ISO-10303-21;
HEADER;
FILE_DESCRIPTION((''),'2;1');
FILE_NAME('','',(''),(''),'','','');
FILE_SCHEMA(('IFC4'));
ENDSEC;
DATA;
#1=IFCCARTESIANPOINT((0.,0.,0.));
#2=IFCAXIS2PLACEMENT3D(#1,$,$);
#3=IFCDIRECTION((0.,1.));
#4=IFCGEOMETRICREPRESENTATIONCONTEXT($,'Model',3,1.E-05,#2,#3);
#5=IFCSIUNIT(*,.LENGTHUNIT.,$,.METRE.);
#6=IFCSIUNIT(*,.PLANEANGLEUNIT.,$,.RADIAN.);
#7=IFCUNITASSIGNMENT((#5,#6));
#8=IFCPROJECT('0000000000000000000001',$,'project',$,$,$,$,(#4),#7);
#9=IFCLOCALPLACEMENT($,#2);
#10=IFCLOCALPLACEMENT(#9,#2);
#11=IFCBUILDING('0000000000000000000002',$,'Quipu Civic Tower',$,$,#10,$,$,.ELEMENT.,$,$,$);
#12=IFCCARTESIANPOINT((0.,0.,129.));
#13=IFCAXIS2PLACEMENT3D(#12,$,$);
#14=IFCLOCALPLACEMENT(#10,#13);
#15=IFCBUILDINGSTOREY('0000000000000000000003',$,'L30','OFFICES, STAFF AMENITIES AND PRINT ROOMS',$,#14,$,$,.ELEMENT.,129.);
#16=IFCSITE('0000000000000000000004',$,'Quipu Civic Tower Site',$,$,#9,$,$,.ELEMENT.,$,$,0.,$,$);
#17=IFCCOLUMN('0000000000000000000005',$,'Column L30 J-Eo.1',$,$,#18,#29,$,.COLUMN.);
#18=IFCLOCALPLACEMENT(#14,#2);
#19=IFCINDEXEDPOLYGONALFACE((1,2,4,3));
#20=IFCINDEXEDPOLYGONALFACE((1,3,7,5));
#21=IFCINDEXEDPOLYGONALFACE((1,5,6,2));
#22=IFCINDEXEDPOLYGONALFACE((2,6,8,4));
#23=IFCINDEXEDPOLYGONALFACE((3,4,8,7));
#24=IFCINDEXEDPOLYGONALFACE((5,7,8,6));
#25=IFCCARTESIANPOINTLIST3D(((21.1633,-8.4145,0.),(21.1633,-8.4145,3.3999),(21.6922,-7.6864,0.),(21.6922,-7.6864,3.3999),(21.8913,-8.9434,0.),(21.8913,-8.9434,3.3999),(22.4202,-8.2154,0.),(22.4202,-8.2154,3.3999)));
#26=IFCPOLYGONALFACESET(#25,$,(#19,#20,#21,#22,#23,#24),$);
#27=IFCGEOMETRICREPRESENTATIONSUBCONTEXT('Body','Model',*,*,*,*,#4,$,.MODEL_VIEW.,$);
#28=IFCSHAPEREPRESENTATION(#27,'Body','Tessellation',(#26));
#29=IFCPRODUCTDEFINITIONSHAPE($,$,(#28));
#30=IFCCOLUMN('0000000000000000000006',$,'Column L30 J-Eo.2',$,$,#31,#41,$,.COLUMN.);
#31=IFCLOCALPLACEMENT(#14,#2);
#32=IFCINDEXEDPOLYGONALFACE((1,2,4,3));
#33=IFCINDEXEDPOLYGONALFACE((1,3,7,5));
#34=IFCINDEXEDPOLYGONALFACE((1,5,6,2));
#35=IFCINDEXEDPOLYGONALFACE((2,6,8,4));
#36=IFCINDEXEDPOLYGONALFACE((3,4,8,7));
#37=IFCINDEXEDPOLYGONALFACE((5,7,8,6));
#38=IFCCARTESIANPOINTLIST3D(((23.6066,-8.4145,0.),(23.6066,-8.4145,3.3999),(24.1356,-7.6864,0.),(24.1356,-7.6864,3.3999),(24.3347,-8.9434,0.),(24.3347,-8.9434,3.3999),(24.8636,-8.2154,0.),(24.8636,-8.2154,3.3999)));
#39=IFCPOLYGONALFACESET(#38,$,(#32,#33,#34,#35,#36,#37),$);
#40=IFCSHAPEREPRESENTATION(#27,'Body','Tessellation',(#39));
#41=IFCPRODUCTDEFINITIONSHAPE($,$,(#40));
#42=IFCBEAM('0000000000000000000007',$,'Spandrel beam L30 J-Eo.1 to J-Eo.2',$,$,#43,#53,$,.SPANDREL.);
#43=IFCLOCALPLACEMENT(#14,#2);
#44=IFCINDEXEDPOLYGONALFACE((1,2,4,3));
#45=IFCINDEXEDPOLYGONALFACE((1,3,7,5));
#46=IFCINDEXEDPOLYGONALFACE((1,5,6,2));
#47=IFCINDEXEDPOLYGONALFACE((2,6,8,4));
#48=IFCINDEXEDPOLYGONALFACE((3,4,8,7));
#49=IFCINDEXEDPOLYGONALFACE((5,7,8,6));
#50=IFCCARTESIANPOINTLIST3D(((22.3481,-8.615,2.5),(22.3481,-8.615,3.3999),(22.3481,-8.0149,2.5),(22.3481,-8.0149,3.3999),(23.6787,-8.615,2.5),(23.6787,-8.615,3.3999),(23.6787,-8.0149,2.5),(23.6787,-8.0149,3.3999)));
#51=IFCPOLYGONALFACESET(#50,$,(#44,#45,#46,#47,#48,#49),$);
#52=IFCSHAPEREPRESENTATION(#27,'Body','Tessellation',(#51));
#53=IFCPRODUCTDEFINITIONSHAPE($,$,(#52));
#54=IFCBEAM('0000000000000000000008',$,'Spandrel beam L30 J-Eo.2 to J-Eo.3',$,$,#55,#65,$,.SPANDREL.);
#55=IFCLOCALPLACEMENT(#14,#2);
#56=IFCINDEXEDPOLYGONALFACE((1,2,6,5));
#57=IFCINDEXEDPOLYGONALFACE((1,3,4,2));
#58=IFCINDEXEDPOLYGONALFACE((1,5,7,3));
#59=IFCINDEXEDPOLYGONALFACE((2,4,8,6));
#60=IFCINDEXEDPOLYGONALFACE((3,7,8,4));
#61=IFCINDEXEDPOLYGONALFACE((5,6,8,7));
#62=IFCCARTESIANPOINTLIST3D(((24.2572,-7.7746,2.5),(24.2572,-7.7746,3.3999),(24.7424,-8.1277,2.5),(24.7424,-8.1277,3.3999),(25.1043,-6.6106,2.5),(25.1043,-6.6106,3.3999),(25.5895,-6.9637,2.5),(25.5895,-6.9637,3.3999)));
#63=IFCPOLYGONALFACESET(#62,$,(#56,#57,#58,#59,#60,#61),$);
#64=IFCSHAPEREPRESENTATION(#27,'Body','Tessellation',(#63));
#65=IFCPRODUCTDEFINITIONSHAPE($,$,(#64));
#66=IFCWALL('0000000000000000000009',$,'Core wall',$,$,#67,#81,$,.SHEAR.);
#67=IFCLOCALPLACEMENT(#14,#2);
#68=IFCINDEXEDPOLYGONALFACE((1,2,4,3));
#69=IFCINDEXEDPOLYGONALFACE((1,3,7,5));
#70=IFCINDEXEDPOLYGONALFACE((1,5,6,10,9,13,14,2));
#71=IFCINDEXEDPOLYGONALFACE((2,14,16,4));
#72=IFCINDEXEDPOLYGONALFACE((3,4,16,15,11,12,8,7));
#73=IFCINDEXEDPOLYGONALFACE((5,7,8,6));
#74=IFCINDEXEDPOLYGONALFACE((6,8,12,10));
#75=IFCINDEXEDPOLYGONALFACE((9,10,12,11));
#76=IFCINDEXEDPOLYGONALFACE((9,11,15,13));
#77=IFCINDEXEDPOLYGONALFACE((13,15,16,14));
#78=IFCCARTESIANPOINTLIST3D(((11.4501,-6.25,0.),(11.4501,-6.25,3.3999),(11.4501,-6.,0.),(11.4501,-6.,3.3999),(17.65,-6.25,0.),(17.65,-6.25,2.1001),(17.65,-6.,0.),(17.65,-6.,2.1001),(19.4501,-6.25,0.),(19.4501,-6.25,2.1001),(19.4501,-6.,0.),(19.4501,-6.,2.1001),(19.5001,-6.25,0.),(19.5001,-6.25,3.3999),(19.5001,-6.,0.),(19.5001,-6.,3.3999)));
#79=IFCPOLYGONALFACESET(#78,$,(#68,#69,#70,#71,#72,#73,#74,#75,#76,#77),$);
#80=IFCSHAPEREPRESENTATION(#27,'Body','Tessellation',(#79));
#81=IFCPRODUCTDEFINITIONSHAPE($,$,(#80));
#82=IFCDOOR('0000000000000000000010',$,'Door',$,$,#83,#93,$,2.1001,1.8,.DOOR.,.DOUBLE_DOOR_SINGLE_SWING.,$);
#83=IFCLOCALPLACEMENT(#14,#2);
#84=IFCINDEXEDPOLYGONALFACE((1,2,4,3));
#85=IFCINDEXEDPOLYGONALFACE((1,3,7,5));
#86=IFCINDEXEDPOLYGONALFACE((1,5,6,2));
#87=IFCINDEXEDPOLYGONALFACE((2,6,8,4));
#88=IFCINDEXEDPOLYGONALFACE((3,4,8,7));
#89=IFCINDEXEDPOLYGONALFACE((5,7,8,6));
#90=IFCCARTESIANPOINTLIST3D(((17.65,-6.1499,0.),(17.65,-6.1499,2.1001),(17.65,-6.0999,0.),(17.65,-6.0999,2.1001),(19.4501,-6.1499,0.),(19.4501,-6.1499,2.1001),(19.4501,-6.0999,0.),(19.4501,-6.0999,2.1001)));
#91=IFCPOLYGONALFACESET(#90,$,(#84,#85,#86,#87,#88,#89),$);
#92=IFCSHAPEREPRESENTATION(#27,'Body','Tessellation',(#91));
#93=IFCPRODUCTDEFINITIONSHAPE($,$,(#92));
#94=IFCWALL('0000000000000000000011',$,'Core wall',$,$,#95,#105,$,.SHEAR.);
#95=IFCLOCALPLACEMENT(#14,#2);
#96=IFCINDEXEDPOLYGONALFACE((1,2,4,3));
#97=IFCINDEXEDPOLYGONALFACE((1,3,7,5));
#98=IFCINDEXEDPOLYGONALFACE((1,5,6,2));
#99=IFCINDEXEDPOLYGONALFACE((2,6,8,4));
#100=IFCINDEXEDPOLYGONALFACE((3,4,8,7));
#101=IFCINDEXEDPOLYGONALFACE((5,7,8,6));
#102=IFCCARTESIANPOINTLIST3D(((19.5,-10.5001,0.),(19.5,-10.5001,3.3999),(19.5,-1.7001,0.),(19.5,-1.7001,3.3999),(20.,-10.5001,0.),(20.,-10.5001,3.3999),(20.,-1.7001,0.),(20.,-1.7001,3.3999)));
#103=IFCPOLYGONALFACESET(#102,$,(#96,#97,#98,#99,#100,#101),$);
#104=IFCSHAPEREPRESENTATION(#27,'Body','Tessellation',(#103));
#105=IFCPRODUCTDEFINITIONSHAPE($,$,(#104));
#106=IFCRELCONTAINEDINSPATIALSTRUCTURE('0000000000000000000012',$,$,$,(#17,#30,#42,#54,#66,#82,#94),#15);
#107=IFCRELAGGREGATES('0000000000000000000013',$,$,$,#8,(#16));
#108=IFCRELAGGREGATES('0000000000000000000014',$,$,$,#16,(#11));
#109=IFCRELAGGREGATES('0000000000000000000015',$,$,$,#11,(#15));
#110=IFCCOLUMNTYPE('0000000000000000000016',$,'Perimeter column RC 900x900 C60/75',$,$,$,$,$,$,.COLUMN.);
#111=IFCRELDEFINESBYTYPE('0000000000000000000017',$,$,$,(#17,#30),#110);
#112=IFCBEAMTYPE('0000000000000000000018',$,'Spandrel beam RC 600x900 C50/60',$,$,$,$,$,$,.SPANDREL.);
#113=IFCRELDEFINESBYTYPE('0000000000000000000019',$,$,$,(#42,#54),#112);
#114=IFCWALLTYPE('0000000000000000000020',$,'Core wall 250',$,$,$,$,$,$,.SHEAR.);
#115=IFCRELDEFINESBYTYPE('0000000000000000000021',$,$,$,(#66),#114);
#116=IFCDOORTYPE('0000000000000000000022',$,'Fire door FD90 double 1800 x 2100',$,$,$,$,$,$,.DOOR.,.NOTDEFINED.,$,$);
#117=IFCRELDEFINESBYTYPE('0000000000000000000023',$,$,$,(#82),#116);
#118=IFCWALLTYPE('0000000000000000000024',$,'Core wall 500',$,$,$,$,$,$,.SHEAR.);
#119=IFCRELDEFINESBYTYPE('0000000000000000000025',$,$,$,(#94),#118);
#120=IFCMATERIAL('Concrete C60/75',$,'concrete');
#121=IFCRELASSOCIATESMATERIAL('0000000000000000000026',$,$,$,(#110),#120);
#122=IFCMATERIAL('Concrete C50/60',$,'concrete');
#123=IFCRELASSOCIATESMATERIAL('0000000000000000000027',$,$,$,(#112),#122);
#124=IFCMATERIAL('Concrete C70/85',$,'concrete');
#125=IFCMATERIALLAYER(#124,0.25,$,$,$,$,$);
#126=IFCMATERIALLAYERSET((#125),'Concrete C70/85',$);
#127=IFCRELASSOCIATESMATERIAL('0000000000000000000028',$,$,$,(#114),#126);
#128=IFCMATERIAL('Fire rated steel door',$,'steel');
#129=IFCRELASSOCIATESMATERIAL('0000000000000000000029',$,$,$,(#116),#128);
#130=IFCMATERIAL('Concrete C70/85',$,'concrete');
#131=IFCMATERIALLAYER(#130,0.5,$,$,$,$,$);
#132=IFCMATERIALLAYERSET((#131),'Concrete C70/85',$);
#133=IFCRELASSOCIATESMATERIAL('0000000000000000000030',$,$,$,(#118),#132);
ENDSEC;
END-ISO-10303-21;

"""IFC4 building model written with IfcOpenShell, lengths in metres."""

from ifc_helpers import new_model, si_unit, direction, frame, frame_2d, origin, origin_2d, place, context, subcontext, project, spatial, rectangle, extrude, material, layer, layer_set, material_profile, profile_set, type_object, element, fill, save


model = new_model("IFC4")

# Units and contexts
model_context = context("Model", 3, precision=1e-05, world=origin(), true_north=direction((0.0, 1.0)))
body_context = subcontext(model_context, "Body", "Model", "MODEL_VIEW")
ifc_project = project(units=[si_unit("LENGTHUNIT", "METRE"), si_unit("PLANEANGLEUNIT", "RADIAN")], contexts=[model_context])

# Site, building, storey
site_placement = place(None, origin())
site = spatial("IfcSite", under=ifc_project, at=site_placement, Name="Quipu Civic Tower Site", CompositionType="ELEMENT", RefElevation=0.0)
building_placement = place(site_placement, origin())
building = spatial("IfcBuilding", under=site, at=building_placement, Name="Quipu Civic Tower", CompositionType="ELEMENT")
storey_placement = place(building_placement, frame((0.0, 0.0, 129.0)))
storey = spatial("IfcBuildingStorey", under=building, at=storey_placement, Name="L30", Description="OFFICES, STAFF AMENITIES AND PRINT ROOMS", CompositionType="ELEMENT", Elevation=129.0)

# Columns
ifc_material_1 = material(Name="Concrete C60/75", Category="concrete")
ifc_material_profile_1 = material_profile(ifc_material_1, rectangle(XDim=0.8999, YDim=0.8999, at=origin_2d()), Name="RC900x900")
ifc_profile_set_1 = profile_set([ifc_material_profile_1], Name="Concrete C60/75")
column_type = type_object("IfcColumnType", Name="Perimeter column RC 900x900 C60/75", PredefinedType="COLUMN", material=ifc_profile_set_1)
for number, where, z_axis, x_axis, name in (
    (1, (21.7917, -8.3149, 0.0), (0.0, 0.0, 1.0), (0.587785, 0.809017, 0.0), "Column L30 J-Eo.1"),
    (2, (24.2351, -8.3149, 0.0), (0.0, 0.0, 1.0), (0.587785, 0.809017, 0.0), "Column L30 J-Eo.2"),
):
    element("IfcColumn", number, at=place(storey_placement, frame(where, z_axis=z_axis, x_axis=x_axis)), inside=storey, type_object=column_type, Name=name, PredefinedType="COLUMN", context=body_context, shape_type="SweptSolid", body=[
        extrude(rectangle(XDim=0.8999, YDim=0.8999, at=origin_2d()), origin(), (0.0, 0.0, 1.0), 3.3999),
    ])

# Beams
ifc_material_2 = material(Name="Concrete C50/60", Category="concrete")
ifc_material_profile_2 = material_profile(ifc_material_2, rectangle(XDim=0.6001, YDim=0.8999, at=origin_2d()), Name="RC600x900")
ifc_profile_set_2 = profile_set([ifc_material_profile_2], Name="Concrete C50/60")
beam_type = type_object("IfcBeamType", Name="Spandrel beam RC 600x900 C50/60", PredefinedType="SPANDREL", material=ifc_profile_set_2)
beam_1_placement = place(storey_placement, frame((22.3481, -8.3149, 2.95), z_axis=(1.0, 0.0, 0.0), x_axis=(0.0, 1.0, 0.0)))
element("IfcBeam", 3, at=beam_1_placement, inside=storey, type_object=beam_type, Name="Spandrel beam L30 J-Eo.1 to J-Eo.2", PredefinedType="SPANDREL", context=body_context, shape_type="SweptSolid", body=[
    extrude(rectangle(XDim=0.6001, YDim=0.8999, at=origin_2d()), origin(), (0.0, 0.0, 1.0), 1.3306),
])
beam_2_placement = place(storey_placement, frame((24.4998, -7.9512, 2.95), z_axis=(0.588434, 0.808545, 0.0), x_axis=(-0.808545, 0.588434, 0.0)))
element("IfcBeam", 4, at=beam_2_placement, inside=storey, type_object=beam_type, Name="Spandrel beam L30 J-Eo.2 to J-Eo.3", PredefinedType="SPANDREL", context=body_context, shape_type="SweptSolid", body=[
    extrude(rectangle(XDim=0.6001, YDim=0.8999, at=origin_2d()), origin(), (0.0, 0.0, 1.0), 1.4397),
])

# Wall, opening, door
ifc_material_3 = material(Name="Concrete C70/85", Category="concrete")
ifc_layer_1 = layer(ifc_material_3, 0.25)
ifc_layer_set_1 = layer_set([ifc_layer_1], Name="Concrete C70/85")
wall_type_1 = type_object("IfcWallType", Name="Core wall 250", PredefinedType="SHEAR", material=ifc_layer_set_1)
wall_1_placement = place(storey_placement, frame((19.5, -6.125, 0.0), z_axis=(0.0, 0.0, 1.0), x_axis=(-1.0, 0.0, 0.0)))
wall_1 = element("IfcWall", 5, at=wall_1_placement, inside=storey, type_object=wall_type_1, Name="Core wall", PredefinedType="SHEAR", context=body_context, shape_type="SweptSolid", body=[
    extrude(rectangle(XDim=8.05, YDim=0.25, at=frame_2d((4.0249, 0.0))), origin(), (0.0, 0.0, 1.0), 3.3999),
])
opening_1_placement = place(wall_1_placement, frame((0.05, 0.0, 0.0)))
opening_1 = element("IfcOpeningElement", 6, at=opening_1_placement, cuts=wall_1, PredefinedType="OPENING", context=body_context, shape_type="SweptSolid", body=[
    extrude(rectangle(XDim=1.8, YDim=2.1001, at=frame_2d((0.8999, 1.05))), frame((0.0, 0.135, 0.0), z_axis=(0.0, -1.0, 0.0), x_axis=(1.0, 0.0, 0.0)), (0.0, 0.0, 1.0), 0.27),
])
ifc_material_4 = material(Name="Fire rated steel door", Category="steel")
door_type_1 = type_object("IfcDoorType", Name="Fire door FD90 double 1800 x 2100", OperationType="NOTDEFINED", PredefinedType="DOOR", material=ifc_material_4)
door_1_placement = place(opening_1_placement, origin())
door_1 = element("IfcDoor", 7, at=door_1_placement, inside=storey, type_object=door_type_1, Name="Door", OperationType="DOUBLE_DOOR_SINGLE_SWING", OverallHeight=2.1001, OverallWidth=1.8, PredefinedType="DOOR", context=body_context, shape_type="SweptSolid", body=[
    extrude(rectangle(XDim=1.8, YDim=2.1001, at=frame_2d((0.8999, 1.05))), frame((0.0, 0.0249, 0.0), z_axis=(0.0, -1.0, 0.0), x_axis=(1.0, 0.0, 0.0)), (0.0, 0.0, 1.0), 0.05),
])
fill(opening_1, door_1)

# Wall
ifc_material_5 = material(Name="Concrete C70/85", Category="concrete")
ifc_layer_2 = layer(ifc_material_5, 0.5)
ifc_layer_set_2 = layer_set([ifc_layer_2], Name="Concrete C70/85")
wall_type_2 = type_object("IfcWallType", Name="Core wall 500", PredefinedType="SHEAR", material=ifc_layer_set_2)
wall_2_placement = place(storey_placement, frame((19.75, -10.5, 0.0), z_axis=(0.0, 0.0, 1.0), x_axis=(0.0, 1.0, 0.0)))
element("IfcWall", 8, at=wall_2_placement, inside=storey, type_object=wall_type_2, Name="Core wall", PredefinedType="SHEAR", context=body_context, shape_type="SweptSolid", body=[
    extrude(rectangle(XDim=8.8, YDim=0.5, at=frame_2d((4.3999, 0.0))), origin(), (0.0, 0.0, 1.0), 3.3999),
])

save(model, "model.ifc")
